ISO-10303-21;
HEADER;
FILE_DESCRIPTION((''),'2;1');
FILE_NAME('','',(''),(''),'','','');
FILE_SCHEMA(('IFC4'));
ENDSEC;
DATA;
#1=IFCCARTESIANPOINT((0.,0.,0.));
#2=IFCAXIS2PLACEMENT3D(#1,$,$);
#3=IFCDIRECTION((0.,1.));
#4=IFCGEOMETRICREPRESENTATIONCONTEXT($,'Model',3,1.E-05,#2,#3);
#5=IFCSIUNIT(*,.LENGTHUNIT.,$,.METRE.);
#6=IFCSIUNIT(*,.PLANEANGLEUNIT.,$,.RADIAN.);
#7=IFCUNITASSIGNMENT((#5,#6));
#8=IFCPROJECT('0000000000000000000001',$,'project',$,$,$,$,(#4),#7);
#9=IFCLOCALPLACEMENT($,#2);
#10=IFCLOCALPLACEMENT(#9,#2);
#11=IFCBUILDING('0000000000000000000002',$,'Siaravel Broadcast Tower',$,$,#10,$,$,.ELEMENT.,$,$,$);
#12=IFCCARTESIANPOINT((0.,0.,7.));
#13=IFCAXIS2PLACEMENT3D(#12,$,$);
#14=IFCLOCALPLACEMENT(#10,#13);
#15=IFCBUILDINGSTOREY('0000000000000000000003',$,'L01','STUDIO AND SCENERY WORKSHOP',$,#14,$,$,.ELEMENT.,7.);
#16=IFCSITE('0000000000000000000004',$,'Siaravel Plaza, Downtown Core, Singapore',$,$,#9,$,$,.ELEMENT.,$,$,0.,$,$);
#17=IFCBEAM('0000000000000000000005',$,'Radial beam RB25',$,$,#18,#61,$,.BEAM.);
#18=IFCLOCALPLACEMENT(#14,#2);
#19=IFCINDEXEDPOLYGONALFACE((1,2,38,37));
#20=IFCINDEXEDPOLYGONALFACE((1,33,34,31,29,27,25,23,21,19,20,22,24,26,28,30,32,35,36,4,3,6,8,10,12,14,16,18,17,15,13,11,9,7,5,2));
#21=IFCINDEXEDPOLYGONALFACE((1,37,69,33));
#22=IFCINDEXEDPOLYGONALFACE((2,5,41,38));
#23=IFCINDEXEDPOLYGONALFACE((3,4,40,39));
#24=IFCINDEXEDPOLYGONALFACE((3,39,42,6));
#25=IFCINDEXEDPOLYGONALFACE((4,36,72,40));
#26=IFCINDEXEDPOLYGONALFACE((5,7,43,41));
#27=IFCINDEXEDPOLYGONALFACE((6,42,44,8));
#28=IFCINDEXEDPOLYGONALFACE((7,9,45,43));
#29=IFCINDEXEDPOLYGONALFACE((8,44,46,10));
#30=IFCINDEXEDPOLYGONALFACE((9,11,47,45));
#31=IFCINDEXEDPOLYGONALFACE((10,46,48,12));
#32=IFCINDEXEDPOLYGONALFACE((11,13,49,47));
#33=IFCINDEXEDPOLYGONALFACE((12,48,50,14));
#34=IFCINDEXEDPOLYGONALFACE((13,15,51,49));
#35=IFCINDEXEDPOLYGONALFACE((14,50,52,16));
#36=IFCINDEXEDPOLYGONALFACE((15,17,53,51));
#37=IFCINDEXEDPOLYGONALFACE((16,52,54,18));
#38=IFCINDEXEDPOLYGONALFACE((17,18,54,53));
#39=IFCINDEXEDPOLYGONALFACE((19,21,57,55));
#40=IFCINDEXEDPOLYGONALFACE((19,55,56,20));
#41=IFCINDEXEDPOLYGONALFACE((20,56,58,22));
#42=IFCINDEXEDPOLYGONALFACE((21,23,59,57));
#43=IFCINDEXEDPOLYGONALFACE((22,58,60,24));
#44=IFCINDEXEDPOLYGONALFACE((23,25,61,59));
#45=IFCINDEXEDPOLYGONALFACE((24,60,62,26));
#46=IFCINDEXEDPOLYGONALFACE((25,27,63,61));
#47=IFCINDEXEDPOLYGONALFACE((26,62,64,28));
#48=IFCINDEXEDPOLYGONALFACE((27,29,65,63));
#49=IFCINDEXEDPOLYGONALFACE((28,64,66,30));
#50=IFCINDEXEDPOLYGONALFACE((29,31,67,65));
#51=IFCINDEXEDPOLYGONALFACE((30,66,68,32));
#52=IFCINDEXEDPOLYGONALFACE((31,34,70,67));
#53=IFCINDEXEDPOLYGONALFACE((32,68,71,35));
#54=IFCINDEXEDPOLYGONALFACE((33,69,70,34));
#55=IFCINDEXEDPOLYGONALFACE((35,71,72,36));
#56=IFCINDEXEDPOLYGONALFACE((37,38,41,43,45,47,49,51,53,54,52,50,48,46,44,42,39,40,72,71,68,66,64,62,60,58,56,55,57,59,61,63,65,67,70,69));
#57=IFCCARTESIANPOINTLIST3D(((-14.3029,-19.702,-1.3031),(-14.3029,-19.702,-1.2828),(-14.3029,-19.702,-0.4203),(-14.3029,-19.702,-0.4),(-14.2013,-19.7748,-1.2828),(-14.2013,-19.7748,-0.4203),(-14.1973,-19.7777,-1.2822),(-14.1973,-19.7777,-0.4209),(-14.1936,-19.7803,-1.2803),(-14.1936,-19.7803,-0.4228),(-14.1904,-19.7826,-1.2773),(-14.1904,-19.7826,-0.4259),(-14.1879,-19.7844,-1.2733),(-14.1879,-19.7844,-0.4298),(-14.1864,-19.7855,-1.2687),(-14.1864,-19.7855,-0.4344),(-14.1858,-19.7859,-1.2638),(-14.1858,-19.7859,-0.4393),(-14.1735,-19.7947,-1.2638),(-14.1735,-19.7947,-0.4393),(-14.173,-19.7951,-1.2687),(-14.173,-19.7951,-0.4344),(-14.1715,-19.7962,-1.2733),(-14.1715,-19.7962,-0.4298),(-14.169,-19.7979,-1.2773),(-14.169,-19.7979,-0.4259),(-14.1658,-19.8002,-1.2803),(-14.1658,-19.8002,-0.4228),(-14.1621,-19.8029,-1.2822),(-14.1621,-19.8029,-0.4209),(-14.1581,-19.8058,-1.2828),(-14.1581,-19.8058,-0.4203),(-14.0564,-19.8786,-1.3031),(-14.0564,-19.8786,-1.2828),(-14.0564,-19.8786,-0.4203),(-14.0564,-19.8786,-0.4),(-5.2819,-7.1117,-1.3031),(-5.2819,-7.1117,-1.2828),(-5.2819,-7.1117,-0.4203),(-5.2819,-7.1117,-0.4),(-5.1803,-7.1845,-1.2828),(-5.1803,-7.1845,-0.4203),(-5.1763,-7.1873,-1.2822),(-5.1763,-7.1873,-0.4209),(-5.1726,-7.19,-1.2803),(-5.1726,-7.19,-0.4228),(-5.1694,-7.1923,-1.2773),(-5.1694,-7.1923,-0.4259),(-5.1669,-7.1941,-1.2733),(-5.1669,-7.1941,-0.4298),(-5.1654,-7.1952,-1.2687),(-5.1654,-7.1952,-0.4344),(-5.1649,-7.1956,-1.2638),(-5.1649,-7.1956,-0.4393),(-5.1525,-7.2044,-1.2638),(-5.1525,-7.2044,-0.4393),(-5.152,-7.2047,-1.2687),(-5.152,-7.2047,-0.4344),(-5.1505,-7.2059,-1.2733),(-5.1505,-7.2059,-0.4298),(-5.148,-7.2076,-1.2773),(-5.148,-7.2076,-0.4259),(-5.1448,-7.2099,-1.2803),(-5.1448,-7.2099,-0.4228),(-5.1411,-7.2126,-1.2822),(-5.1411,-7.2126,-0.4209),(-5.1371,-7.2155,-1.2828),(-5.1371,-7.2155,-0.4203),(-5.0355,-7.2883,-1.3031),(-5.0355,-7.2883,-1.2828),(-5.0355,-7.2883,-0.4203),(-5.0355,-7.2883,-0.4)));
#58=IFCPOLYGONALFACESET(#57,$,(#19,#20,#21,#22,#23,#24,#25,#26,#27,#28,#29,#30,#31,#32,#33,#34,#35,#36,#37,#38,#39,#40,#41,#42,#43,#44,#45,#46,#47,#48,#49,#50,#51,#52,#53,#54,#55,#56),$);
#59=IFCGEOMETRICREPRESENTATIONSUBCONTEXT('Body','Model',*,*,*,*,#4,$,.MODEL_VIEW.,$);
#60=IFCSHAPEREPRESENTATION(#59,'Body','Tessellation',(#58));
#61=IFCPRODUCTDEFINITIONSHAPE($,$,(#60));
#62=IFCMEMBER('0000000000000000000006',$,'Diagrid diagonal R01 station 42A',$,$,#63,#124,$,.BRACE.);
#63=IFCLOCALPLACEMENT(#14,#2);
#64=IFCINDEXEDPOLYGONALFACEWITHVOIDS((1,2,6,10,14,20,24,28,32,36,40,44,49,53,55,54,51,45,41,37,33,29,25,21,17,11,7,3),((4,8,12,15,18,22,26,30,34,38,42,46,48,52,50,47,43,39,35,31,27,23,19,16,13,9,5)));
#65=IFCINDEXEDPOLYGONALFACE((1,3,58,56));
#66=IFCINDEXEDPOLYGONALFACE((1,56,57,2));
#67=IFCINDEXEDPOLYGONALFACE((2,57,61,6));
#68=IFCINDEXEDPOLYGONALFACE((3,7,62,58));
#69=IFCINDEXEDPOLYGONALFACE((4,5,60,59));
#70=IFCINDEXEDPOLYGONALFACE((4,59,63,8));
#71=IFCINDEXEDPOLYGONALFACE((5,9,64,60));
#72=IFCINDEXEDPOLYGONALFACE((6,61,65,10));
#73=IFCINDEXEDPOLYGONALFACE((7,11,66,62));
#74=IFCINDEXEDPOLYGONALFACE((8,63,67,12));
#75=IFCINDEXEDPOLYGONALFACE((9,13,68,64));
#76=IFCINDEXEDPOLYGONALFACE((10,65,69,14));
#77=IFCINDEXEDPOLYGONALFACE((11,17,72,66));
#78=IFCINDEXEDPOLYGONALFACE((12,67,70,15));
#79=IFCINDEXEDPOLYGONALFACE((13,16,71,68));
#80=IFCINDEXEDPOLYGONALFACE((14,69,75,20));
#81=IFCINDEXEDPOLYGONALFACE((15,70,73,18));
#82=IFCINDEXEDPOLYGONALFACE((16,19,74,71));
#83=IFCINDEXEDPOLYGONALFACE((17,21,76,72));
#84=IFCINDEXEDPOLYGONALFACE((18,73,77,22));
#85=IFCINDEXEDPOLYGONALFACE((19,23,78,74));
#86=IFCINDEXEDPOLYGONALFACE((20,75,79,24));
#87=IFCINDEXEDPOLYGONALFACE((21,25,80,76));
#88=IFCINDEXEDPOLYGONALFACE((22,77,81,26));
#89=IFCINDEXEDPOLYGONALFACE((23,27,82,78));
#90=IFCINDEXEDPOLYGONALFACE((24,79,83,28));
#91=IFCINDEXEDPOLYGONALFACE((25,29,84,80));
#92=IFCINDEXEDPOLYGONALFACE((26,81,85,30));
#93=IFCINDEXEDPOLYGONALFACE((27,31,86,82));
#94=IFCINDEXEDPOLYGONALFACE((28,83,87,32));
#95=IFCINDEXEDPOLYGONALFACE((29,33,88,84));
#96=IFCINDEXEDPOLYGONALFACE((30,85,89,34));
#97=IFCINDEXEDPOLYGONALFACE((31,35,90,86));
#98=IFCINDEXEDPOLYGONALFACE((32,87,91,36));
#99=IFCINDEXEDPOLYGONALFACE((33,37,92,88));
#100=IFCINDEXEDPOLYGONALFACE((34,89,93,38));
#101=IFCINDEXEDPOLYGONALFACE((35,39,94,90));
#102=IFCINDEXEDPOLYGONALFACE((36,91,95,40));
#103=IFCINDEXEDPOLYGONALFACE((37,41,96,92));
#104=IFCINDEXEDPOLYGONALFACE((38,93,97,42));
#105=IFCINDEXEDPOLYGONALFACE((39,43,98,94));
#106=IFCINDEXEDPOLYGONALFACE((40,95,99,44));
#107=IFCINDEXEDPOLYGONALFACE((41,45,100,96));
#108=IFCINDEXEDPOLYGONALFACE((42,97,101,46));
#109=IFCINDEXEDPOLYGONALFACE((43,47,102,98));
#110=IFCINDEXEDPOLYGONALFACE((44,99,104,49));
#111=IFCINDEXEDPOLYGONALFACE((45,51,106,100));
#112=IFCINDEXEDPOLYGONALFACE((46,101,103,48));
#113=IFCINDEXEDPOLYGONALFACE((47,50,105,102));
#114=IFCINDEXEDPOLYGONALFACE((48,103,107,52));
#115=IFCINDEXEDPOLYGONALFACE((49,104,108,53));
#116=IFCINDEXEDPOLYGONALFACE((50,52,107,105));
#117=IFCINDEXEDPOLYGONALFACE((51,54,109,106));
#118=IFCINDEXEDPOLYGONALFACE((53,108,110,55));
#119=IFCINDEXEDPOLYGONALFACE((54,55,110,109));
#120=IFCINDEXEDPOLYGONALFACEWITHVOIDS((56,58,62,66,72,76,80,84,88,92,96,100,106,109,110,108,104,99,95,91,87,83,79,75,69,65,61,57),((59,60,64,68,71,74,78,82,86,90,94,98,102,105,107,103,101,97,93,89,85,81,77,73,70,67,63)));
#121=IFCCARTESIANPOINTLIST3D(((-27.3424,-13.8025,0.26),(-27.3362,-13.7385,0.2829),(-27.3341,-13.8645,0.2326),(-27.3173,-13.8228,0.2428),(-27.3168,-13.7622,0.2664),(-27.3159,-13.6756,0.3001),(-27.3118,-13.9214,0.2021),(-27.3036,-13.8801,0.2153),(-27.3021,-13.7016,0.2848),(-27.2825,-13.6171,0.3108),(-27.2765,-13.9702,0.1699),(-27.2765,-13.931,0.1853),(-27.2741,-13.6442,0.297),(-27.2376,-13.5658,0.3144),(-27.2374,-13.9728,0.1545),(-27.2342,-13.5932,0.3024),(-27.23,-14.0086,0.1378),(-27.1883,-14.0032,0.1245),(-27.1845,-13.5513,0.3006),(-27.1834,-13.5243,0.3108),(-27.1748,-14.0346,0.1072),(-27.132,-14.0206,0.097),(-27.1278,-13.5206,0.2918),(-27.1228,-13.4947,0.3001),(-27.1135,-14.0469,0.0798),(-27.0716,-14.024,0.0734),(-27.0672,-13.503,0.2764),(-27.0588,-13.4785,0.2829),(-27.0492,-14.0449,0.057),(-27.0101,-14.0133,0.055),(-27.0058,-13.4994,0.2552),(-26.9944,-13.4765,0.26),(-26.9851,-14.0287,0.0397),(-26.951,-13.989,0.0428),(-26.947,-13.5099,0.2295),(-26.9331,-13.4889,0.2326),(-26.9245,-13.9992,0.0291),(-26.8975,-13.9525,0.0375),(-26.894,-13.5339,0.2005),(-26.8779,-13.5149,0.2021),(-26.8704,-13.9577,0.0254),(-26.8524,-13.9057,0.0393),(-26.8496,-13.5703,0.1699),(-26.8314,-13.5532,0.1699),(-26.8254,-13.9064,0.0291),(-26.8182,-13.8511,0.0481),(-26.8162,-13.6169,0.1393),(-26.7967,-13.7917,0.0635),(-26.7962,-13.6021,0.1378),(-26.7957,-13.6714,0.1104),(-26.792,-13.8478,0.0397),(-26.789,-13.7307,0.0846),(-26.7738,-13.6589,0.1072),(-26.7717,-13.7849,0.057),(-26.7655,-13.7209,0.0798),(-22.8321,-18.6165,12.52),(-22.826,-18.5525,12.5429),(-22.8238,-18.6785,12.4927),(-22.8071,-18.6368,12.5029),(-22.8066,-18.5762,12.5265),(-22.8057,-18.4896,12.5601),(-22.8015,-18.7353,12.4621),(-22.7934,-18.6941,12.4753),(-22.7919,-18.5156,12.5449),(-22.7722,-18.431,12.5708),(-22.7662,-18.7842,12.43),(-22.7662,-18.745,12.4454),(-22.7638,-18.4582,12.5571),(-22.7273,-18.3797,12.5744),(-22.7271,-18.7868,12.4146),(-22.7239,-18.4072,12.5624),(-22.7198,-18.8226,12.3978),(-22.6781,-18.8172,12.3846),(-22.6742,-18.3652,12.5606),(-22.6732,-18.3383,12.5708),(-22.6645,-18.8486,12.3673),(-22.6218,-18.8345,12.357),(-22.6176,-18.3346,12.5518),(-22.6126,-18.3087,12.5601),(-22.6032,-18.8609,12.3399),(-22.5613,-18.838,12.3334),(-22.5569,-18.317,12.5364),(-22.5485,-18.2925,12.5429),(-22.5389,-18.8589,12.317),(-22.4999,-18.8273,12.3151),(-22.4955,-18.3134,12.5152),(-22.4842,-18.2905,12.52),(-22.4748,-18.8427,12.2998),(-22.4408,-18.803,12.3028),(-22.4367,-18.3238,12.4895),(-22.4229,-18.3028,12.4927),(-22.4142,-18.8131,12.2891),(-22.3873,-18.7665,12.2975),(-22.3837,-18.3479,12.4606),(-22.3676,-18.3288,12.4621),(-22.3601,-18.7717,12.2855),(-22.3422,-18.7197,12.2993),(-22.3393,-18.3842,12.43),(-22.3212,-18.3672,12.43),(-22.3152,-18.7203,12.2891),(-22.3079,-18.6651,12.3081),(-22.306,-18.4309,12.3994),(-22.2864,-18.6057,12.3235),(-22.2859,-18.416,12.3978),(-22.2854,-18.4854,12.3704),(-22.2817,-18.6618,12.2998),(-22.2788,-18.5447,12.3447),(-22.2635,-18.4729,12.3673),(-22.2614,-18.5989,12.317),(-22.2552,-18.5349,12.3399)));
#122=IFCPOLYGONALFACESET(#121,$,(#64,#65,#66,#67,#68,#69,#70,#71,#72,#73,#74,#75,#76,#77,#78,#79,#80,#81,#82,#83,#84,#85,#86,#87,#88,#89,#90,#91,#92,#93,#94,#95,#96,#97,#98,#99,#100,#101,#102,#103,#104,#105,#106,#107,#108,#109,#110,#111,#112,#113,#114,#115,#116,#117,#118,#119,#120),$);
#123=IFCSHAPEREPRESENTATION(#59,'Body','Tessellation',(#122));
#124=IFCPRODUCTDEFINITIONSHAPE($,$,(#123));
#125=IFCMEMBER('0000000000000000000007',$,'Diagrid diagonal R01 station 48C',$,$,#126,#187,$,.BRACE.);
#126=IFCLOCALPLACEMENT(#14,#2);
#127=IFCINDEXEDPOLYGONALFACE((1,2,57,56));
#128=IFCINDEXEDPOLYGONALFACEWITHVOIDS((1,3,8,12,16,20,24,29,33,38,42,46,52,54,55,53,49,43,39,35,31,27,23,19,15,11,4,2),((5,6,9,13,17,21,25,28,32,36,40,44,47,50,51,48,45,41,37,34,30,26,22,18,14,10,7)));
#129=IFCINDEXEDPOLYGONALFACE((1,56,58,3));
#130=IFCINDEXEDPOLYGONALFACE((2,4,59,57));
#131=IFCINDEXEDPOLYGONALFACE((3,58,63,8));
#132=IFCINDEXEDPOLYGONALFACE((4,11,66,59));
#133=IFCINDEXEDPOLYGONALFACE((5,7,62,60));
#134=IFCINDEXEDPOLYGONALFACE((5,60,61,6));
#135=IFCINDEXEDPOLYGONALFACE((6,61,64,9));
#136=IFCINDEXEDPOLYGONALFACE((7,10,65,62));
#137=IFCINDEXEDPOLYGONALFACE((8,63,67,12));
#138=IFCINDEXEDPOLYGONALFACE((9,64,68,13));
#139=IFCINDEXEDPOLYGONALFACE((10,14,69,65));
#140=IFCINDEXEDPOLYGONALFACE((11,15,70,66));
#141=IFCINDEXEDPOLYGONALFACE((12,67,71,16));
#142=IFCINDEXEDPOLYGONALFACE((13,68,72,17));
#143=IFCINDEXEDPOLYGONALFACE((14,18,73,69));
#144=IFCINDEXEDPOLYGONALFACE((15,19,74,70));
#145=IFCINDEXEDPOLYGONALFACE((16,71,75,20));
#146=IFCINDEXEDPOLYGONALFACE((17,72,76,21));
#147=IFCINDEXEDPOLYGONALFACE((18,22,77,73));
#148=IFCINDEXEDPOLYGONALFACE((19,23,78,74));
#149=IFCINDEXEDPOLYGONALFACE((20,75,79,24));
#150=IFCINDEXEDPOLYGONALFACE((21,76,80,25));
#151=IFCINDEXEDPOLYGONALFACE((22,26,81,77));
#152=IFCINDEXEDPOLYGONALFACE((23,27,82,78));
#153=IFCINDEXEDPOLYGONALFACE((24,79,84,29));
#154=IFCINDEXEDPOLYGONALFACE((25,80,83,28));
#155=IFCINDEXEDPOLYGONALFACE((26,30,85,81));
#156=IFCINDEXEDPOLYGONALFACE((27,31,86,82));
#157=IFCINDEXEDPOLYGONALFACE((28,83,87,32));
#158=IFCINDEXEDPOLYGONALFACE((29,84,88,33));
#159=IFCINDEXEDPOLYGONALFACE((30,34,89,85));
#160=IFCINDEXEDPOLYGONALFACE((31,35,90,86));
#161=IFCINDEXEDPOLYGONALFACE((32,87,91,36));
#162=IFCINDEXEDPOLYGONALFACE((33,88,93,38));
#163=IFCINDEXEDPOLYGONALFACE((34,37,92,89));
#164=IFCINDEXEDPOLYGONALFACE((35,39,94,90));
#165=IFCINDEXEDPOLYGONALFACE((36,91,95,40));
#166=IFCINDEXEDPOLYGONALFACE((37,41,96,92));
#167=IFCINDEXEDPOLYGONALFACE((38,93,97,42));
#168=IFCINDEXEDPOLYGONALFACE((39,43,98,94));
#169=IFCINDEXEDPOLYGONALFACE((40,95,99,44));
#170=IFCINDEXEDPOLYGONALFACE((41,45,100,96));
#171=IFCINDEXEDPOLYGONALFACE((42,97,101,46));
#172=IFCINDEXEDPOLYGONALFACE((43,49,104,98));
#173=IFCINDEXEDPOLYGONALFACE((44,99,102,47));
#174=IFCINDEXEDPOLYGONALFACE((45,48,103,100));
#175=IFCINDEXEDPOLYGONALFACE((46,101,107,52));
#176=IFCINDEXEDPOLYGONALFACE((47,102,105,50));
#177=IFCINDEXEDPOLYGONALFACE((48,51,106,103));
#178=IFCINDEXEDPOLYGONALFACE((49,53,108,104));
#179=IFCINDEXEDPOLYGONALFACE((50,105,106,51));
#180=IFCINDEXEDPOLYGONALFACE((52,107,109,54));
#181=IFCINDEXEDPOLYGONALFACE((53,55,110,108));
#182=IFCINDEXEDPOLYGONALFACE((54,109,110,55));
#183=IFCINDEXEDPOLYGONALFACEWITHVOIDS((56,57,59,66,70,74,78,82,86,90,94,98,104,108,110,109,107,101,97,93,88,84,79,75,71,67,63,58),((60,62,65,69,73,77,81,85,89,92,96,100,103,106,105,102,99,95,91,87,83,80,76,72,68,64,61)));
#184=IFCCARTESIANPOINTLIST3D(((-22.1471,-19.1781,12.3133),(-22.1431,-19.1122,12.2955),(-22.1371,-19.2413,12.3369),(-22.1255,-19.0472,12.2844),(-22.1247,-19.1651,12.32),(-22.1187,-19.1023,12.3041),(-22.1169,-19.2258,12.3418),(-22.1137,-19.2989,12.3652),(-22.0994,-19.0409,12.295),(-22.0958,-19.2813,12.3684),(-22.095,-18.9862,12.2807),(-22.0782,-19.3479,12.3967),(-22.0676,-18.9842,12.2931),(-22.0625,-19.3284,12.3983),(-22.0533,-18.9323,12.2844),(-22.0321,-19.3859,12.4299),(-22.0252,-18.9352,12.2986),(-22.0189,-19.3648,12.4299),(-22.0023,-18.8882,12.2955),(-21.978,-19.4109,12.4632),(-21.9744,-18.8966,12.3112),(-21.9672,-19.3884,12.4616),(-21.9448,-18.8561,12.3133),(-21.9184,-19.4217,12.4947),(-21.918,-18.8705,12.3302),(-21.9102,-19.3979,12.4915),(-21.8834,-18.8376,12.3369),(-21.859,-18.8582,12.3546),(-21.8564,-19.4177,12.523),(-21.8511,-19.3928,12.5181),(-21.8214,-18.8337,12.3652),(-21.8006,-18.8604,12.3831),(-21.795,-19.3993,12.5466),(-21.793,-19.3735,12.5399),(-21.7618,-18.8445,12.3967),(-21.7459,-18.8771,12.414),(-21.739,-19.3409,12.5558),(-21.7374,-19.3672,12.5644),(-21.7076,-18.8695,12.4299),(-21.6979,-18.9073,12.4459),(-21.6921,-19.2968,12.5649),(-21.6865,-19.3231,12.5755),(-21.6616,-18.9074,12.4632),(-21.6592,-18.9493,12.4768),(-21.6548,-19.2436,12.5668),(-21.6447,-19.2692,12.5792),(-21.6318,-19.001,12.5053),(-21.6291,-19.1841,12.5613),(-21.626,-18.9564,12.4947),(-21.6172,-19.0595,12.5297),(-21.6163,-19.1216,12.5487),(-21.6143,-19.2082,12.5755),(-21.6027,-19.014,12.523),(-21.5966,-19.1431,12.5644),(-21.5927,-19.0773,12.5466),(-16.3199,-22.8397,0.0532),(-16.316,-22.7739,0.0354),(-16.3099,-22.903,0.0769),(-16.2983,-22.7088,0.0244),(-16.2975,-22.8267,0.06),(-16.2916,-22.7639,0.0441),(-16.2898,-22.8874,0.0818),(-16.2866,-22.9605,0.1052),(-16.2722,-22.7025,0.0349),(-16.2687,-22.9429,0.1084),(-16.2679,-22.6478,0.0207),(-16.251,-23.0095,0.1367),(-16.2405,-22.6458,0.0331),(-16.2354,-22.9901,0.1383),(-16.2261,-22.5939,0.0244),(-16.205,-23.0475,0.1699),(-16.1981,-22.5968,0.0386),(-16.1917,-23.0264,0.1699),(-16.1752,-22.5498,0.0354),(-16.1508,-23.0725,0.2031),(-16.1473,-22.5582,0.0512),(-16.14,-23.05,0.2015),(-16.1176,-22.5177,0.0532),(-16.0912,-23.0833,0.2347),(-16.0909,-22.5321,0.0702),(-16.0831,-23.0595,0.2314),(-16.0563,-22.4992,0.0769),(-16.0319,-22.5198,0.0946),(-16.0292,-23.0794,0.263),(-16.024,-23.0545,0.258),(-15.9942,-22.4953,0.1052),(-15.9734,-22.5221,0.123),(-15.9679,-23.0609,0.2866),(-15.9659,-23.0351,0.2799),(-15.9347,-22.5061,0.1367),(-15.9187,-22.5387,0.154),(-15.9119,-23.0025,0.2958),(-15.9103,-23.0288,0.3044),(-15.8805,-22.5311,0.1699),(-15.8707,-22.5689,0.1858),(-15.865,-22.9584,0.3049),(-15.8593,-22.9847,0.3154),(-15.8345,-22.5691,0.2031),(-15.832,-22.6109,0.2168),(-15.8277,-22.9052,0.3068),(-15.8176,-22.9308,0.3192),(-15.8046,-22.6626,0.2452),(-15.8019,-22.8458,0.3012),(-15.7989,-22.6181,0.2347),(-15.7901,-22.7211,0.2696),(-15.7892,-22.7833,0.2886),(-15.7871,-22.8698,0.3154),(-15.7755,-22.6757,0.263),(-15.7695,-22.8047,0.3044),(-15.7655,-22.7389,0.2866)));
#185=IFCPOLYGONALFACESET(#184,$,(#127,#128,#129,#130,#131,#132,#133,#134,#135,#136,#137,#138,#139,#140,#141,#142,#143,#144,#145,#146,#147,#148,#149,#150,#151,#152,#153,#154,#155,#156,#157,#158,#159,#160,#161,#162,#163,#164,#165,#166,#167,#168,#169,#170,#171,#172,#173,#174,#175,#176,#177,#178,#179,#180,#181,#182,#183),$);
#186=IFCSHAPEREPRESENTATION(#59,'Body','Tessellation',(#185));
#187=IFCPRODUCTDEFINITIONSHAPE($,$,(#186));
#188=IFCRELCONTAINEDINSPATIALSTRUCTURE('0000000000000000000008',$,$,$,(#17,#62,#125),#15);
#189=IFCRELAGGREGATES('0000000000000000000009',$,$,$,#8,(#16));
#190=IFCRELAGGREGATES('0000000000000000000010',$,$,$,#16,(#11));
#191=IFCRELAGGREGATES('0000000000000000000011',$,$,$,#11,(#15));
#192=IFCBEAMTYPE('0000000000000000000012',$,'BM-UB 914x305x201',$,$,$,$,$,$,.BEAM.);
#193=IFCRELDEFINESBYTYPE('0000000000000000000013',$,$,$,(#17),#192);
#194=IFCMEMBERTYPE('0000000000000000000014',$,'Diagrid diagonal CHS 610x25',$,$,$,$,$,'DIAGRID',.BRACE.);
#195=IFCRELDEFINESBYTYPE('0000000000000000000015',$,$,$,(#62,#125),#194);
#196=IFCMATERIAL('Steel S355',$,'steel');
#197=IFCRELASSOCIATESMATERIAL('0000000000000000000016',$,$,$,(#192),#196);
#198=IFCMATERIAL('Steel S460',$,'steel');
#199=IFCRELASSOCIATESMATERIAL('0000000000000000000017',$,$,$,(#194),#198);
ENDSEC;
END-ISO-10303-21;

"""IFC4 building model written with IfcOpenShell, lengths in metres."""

from ifc_helpers import new_model, si_unit, direction, frame, origin, origin_2d, place, context, subcontext, project, spatial, hollow_circle, i_section, extrude, material, material_profile, profile_set, type_object, element, save


model = new_model("IFC4")

# Units and contexts
model_context = context("Model", 3, precision=1e-05, world=origin(), true_north=direction((0.0, 1.0)))
body_context = subcontext(model_context, "Body", "Model", "MODEL_VIEW")
ifc_project = project(units=[si_unit("LENGTHUNIT", "METRE"), si_unit("PLANEANGLEUNIT", "RADIAN")], contexts=[model_context])

# Site, building, storey
site_placement = place(None, origin())
site = spatial("IfcSite", under=ifc_project, at=site_placement, Name="Siaravel Plaza, Downtown Core, Singapore", CompositionType="ELEMENT", RefElevation=0.0)
building_placement = place(site_placement, origin())
building = spatial("IfcBuilding", under=site, at=building_placement, Name="Siaravel Broadcast Tower", CompositionType="ELEMENT")
storey_placement = place(building_placement, frame((0.0, 0.0, 7.0)))
storey = spatial("IfcBuildingStorey", under=building, at=storey_placement, Name="L01", Description="STUDIO AND SCENERY WORKSHOP", CompositionType="ELEMENT", Elevation=7.0)

# Beam
ifc_material_1 = material(Name="Steel S355", Category="steel")
ifc_material_profile_1 = material_profile(ifc_material_1, i_section(OverallWidth=0.3032, OverallDepth=0.9031, WebThickness=0.0151, FlangeThickness=0.0203, FilletRadius=0.019, at=origin_2d()))
ifc_profile_set_1 = profile_set([ifc_material_profile_1], Name="Steel S355")
beam_type = type_object("IfcBeamType", Name="BM-UB 914x305x201", PredefinedType="BEAM", material=ifc_profile_set_1)
beam_1_placement = place(storey_placement, frame((-14.1797, -19.7903, -0.8516), z_axis=(0.58243, 0.812881, 0.0), x_axis=(-0.812881, 0.58243, 0.0)))
element("IfcBeam", 1, at=beam_1_placement, inside=storey, type_object=beam_type, Name="Radial beam RB25", PredefinedType="BEAM", context=body_context, shape_type="SweptSolid", body=[
    extrude(i_section(OverallWidth=0.3032, OverallDepth=0.9031, WebThickness=0.0151, FlangeThickness=0.0203, FilletRadius=0.019, at=origin_2d()), origin(), (0.0, 0.0, 1.0), 15.4885),
])

# Members
ifc_material_2 = material(Name="Steel S460", Category="steel")
ifc_material_profile_2 = material_profile(ifc_material_2, hollow_circle(Radius=0.3049, WallThickness=0.0249, at=origin_2d()))
ifc_profile_set_2 = profile_set([ifc_material_profile_2], Name="Steel S460")
member_type_1 = type_object("IfcMemberType", Name="Diagrid diagonal CHS 610x25", ElementType="DIAGRID", PredefinedType="BRACE", material=ifc_profile_set_2)
member_1_placement = place(storey_placement, frame((-27.054, -13.7617, 0.1699), z_axis=(0.323964, -0.345779, 0.880616), x_axis=(0.729752, 0.683712, 0.0)))
element("IfcMember", 2, at=member_1_placement, inside=storey, type_object=member_type_1, Name="Diagrid diagonal R01 station 42A", PredefinedType="BRACE", context=body_context, shape_type="SweptSolid", body=[
    extrude(hollow_circle(Radius=0.3049, WallThickness=0.0249, at=origin_2d()), origin(), (0.0, 0.0, 1.0), 13.9221),
])
member_2_placement = place(storey_placement, frame((-16.0427, -22.7893, 0.1699), z_axis=(-0.414462, 0.260437, 0.872006), x_axis=(-0.532051, -0.846712, 0.0)))
element("IfcMember", 3, at=member_2_placement, inside=storey, type_object=member_type_1, Name="Diagrid diagonal R01 station 48C", PredefinedType="BRACE", context=body_context, shape_type="SweptSolid", body=[
    extrude(hollow_circle(Radius=0.3049, WallThickness=0.0249, at=origin_2d()), origin(), (0.0, 0.0, 1.0), 14.0596),
])

save(model, "model.ifc")
